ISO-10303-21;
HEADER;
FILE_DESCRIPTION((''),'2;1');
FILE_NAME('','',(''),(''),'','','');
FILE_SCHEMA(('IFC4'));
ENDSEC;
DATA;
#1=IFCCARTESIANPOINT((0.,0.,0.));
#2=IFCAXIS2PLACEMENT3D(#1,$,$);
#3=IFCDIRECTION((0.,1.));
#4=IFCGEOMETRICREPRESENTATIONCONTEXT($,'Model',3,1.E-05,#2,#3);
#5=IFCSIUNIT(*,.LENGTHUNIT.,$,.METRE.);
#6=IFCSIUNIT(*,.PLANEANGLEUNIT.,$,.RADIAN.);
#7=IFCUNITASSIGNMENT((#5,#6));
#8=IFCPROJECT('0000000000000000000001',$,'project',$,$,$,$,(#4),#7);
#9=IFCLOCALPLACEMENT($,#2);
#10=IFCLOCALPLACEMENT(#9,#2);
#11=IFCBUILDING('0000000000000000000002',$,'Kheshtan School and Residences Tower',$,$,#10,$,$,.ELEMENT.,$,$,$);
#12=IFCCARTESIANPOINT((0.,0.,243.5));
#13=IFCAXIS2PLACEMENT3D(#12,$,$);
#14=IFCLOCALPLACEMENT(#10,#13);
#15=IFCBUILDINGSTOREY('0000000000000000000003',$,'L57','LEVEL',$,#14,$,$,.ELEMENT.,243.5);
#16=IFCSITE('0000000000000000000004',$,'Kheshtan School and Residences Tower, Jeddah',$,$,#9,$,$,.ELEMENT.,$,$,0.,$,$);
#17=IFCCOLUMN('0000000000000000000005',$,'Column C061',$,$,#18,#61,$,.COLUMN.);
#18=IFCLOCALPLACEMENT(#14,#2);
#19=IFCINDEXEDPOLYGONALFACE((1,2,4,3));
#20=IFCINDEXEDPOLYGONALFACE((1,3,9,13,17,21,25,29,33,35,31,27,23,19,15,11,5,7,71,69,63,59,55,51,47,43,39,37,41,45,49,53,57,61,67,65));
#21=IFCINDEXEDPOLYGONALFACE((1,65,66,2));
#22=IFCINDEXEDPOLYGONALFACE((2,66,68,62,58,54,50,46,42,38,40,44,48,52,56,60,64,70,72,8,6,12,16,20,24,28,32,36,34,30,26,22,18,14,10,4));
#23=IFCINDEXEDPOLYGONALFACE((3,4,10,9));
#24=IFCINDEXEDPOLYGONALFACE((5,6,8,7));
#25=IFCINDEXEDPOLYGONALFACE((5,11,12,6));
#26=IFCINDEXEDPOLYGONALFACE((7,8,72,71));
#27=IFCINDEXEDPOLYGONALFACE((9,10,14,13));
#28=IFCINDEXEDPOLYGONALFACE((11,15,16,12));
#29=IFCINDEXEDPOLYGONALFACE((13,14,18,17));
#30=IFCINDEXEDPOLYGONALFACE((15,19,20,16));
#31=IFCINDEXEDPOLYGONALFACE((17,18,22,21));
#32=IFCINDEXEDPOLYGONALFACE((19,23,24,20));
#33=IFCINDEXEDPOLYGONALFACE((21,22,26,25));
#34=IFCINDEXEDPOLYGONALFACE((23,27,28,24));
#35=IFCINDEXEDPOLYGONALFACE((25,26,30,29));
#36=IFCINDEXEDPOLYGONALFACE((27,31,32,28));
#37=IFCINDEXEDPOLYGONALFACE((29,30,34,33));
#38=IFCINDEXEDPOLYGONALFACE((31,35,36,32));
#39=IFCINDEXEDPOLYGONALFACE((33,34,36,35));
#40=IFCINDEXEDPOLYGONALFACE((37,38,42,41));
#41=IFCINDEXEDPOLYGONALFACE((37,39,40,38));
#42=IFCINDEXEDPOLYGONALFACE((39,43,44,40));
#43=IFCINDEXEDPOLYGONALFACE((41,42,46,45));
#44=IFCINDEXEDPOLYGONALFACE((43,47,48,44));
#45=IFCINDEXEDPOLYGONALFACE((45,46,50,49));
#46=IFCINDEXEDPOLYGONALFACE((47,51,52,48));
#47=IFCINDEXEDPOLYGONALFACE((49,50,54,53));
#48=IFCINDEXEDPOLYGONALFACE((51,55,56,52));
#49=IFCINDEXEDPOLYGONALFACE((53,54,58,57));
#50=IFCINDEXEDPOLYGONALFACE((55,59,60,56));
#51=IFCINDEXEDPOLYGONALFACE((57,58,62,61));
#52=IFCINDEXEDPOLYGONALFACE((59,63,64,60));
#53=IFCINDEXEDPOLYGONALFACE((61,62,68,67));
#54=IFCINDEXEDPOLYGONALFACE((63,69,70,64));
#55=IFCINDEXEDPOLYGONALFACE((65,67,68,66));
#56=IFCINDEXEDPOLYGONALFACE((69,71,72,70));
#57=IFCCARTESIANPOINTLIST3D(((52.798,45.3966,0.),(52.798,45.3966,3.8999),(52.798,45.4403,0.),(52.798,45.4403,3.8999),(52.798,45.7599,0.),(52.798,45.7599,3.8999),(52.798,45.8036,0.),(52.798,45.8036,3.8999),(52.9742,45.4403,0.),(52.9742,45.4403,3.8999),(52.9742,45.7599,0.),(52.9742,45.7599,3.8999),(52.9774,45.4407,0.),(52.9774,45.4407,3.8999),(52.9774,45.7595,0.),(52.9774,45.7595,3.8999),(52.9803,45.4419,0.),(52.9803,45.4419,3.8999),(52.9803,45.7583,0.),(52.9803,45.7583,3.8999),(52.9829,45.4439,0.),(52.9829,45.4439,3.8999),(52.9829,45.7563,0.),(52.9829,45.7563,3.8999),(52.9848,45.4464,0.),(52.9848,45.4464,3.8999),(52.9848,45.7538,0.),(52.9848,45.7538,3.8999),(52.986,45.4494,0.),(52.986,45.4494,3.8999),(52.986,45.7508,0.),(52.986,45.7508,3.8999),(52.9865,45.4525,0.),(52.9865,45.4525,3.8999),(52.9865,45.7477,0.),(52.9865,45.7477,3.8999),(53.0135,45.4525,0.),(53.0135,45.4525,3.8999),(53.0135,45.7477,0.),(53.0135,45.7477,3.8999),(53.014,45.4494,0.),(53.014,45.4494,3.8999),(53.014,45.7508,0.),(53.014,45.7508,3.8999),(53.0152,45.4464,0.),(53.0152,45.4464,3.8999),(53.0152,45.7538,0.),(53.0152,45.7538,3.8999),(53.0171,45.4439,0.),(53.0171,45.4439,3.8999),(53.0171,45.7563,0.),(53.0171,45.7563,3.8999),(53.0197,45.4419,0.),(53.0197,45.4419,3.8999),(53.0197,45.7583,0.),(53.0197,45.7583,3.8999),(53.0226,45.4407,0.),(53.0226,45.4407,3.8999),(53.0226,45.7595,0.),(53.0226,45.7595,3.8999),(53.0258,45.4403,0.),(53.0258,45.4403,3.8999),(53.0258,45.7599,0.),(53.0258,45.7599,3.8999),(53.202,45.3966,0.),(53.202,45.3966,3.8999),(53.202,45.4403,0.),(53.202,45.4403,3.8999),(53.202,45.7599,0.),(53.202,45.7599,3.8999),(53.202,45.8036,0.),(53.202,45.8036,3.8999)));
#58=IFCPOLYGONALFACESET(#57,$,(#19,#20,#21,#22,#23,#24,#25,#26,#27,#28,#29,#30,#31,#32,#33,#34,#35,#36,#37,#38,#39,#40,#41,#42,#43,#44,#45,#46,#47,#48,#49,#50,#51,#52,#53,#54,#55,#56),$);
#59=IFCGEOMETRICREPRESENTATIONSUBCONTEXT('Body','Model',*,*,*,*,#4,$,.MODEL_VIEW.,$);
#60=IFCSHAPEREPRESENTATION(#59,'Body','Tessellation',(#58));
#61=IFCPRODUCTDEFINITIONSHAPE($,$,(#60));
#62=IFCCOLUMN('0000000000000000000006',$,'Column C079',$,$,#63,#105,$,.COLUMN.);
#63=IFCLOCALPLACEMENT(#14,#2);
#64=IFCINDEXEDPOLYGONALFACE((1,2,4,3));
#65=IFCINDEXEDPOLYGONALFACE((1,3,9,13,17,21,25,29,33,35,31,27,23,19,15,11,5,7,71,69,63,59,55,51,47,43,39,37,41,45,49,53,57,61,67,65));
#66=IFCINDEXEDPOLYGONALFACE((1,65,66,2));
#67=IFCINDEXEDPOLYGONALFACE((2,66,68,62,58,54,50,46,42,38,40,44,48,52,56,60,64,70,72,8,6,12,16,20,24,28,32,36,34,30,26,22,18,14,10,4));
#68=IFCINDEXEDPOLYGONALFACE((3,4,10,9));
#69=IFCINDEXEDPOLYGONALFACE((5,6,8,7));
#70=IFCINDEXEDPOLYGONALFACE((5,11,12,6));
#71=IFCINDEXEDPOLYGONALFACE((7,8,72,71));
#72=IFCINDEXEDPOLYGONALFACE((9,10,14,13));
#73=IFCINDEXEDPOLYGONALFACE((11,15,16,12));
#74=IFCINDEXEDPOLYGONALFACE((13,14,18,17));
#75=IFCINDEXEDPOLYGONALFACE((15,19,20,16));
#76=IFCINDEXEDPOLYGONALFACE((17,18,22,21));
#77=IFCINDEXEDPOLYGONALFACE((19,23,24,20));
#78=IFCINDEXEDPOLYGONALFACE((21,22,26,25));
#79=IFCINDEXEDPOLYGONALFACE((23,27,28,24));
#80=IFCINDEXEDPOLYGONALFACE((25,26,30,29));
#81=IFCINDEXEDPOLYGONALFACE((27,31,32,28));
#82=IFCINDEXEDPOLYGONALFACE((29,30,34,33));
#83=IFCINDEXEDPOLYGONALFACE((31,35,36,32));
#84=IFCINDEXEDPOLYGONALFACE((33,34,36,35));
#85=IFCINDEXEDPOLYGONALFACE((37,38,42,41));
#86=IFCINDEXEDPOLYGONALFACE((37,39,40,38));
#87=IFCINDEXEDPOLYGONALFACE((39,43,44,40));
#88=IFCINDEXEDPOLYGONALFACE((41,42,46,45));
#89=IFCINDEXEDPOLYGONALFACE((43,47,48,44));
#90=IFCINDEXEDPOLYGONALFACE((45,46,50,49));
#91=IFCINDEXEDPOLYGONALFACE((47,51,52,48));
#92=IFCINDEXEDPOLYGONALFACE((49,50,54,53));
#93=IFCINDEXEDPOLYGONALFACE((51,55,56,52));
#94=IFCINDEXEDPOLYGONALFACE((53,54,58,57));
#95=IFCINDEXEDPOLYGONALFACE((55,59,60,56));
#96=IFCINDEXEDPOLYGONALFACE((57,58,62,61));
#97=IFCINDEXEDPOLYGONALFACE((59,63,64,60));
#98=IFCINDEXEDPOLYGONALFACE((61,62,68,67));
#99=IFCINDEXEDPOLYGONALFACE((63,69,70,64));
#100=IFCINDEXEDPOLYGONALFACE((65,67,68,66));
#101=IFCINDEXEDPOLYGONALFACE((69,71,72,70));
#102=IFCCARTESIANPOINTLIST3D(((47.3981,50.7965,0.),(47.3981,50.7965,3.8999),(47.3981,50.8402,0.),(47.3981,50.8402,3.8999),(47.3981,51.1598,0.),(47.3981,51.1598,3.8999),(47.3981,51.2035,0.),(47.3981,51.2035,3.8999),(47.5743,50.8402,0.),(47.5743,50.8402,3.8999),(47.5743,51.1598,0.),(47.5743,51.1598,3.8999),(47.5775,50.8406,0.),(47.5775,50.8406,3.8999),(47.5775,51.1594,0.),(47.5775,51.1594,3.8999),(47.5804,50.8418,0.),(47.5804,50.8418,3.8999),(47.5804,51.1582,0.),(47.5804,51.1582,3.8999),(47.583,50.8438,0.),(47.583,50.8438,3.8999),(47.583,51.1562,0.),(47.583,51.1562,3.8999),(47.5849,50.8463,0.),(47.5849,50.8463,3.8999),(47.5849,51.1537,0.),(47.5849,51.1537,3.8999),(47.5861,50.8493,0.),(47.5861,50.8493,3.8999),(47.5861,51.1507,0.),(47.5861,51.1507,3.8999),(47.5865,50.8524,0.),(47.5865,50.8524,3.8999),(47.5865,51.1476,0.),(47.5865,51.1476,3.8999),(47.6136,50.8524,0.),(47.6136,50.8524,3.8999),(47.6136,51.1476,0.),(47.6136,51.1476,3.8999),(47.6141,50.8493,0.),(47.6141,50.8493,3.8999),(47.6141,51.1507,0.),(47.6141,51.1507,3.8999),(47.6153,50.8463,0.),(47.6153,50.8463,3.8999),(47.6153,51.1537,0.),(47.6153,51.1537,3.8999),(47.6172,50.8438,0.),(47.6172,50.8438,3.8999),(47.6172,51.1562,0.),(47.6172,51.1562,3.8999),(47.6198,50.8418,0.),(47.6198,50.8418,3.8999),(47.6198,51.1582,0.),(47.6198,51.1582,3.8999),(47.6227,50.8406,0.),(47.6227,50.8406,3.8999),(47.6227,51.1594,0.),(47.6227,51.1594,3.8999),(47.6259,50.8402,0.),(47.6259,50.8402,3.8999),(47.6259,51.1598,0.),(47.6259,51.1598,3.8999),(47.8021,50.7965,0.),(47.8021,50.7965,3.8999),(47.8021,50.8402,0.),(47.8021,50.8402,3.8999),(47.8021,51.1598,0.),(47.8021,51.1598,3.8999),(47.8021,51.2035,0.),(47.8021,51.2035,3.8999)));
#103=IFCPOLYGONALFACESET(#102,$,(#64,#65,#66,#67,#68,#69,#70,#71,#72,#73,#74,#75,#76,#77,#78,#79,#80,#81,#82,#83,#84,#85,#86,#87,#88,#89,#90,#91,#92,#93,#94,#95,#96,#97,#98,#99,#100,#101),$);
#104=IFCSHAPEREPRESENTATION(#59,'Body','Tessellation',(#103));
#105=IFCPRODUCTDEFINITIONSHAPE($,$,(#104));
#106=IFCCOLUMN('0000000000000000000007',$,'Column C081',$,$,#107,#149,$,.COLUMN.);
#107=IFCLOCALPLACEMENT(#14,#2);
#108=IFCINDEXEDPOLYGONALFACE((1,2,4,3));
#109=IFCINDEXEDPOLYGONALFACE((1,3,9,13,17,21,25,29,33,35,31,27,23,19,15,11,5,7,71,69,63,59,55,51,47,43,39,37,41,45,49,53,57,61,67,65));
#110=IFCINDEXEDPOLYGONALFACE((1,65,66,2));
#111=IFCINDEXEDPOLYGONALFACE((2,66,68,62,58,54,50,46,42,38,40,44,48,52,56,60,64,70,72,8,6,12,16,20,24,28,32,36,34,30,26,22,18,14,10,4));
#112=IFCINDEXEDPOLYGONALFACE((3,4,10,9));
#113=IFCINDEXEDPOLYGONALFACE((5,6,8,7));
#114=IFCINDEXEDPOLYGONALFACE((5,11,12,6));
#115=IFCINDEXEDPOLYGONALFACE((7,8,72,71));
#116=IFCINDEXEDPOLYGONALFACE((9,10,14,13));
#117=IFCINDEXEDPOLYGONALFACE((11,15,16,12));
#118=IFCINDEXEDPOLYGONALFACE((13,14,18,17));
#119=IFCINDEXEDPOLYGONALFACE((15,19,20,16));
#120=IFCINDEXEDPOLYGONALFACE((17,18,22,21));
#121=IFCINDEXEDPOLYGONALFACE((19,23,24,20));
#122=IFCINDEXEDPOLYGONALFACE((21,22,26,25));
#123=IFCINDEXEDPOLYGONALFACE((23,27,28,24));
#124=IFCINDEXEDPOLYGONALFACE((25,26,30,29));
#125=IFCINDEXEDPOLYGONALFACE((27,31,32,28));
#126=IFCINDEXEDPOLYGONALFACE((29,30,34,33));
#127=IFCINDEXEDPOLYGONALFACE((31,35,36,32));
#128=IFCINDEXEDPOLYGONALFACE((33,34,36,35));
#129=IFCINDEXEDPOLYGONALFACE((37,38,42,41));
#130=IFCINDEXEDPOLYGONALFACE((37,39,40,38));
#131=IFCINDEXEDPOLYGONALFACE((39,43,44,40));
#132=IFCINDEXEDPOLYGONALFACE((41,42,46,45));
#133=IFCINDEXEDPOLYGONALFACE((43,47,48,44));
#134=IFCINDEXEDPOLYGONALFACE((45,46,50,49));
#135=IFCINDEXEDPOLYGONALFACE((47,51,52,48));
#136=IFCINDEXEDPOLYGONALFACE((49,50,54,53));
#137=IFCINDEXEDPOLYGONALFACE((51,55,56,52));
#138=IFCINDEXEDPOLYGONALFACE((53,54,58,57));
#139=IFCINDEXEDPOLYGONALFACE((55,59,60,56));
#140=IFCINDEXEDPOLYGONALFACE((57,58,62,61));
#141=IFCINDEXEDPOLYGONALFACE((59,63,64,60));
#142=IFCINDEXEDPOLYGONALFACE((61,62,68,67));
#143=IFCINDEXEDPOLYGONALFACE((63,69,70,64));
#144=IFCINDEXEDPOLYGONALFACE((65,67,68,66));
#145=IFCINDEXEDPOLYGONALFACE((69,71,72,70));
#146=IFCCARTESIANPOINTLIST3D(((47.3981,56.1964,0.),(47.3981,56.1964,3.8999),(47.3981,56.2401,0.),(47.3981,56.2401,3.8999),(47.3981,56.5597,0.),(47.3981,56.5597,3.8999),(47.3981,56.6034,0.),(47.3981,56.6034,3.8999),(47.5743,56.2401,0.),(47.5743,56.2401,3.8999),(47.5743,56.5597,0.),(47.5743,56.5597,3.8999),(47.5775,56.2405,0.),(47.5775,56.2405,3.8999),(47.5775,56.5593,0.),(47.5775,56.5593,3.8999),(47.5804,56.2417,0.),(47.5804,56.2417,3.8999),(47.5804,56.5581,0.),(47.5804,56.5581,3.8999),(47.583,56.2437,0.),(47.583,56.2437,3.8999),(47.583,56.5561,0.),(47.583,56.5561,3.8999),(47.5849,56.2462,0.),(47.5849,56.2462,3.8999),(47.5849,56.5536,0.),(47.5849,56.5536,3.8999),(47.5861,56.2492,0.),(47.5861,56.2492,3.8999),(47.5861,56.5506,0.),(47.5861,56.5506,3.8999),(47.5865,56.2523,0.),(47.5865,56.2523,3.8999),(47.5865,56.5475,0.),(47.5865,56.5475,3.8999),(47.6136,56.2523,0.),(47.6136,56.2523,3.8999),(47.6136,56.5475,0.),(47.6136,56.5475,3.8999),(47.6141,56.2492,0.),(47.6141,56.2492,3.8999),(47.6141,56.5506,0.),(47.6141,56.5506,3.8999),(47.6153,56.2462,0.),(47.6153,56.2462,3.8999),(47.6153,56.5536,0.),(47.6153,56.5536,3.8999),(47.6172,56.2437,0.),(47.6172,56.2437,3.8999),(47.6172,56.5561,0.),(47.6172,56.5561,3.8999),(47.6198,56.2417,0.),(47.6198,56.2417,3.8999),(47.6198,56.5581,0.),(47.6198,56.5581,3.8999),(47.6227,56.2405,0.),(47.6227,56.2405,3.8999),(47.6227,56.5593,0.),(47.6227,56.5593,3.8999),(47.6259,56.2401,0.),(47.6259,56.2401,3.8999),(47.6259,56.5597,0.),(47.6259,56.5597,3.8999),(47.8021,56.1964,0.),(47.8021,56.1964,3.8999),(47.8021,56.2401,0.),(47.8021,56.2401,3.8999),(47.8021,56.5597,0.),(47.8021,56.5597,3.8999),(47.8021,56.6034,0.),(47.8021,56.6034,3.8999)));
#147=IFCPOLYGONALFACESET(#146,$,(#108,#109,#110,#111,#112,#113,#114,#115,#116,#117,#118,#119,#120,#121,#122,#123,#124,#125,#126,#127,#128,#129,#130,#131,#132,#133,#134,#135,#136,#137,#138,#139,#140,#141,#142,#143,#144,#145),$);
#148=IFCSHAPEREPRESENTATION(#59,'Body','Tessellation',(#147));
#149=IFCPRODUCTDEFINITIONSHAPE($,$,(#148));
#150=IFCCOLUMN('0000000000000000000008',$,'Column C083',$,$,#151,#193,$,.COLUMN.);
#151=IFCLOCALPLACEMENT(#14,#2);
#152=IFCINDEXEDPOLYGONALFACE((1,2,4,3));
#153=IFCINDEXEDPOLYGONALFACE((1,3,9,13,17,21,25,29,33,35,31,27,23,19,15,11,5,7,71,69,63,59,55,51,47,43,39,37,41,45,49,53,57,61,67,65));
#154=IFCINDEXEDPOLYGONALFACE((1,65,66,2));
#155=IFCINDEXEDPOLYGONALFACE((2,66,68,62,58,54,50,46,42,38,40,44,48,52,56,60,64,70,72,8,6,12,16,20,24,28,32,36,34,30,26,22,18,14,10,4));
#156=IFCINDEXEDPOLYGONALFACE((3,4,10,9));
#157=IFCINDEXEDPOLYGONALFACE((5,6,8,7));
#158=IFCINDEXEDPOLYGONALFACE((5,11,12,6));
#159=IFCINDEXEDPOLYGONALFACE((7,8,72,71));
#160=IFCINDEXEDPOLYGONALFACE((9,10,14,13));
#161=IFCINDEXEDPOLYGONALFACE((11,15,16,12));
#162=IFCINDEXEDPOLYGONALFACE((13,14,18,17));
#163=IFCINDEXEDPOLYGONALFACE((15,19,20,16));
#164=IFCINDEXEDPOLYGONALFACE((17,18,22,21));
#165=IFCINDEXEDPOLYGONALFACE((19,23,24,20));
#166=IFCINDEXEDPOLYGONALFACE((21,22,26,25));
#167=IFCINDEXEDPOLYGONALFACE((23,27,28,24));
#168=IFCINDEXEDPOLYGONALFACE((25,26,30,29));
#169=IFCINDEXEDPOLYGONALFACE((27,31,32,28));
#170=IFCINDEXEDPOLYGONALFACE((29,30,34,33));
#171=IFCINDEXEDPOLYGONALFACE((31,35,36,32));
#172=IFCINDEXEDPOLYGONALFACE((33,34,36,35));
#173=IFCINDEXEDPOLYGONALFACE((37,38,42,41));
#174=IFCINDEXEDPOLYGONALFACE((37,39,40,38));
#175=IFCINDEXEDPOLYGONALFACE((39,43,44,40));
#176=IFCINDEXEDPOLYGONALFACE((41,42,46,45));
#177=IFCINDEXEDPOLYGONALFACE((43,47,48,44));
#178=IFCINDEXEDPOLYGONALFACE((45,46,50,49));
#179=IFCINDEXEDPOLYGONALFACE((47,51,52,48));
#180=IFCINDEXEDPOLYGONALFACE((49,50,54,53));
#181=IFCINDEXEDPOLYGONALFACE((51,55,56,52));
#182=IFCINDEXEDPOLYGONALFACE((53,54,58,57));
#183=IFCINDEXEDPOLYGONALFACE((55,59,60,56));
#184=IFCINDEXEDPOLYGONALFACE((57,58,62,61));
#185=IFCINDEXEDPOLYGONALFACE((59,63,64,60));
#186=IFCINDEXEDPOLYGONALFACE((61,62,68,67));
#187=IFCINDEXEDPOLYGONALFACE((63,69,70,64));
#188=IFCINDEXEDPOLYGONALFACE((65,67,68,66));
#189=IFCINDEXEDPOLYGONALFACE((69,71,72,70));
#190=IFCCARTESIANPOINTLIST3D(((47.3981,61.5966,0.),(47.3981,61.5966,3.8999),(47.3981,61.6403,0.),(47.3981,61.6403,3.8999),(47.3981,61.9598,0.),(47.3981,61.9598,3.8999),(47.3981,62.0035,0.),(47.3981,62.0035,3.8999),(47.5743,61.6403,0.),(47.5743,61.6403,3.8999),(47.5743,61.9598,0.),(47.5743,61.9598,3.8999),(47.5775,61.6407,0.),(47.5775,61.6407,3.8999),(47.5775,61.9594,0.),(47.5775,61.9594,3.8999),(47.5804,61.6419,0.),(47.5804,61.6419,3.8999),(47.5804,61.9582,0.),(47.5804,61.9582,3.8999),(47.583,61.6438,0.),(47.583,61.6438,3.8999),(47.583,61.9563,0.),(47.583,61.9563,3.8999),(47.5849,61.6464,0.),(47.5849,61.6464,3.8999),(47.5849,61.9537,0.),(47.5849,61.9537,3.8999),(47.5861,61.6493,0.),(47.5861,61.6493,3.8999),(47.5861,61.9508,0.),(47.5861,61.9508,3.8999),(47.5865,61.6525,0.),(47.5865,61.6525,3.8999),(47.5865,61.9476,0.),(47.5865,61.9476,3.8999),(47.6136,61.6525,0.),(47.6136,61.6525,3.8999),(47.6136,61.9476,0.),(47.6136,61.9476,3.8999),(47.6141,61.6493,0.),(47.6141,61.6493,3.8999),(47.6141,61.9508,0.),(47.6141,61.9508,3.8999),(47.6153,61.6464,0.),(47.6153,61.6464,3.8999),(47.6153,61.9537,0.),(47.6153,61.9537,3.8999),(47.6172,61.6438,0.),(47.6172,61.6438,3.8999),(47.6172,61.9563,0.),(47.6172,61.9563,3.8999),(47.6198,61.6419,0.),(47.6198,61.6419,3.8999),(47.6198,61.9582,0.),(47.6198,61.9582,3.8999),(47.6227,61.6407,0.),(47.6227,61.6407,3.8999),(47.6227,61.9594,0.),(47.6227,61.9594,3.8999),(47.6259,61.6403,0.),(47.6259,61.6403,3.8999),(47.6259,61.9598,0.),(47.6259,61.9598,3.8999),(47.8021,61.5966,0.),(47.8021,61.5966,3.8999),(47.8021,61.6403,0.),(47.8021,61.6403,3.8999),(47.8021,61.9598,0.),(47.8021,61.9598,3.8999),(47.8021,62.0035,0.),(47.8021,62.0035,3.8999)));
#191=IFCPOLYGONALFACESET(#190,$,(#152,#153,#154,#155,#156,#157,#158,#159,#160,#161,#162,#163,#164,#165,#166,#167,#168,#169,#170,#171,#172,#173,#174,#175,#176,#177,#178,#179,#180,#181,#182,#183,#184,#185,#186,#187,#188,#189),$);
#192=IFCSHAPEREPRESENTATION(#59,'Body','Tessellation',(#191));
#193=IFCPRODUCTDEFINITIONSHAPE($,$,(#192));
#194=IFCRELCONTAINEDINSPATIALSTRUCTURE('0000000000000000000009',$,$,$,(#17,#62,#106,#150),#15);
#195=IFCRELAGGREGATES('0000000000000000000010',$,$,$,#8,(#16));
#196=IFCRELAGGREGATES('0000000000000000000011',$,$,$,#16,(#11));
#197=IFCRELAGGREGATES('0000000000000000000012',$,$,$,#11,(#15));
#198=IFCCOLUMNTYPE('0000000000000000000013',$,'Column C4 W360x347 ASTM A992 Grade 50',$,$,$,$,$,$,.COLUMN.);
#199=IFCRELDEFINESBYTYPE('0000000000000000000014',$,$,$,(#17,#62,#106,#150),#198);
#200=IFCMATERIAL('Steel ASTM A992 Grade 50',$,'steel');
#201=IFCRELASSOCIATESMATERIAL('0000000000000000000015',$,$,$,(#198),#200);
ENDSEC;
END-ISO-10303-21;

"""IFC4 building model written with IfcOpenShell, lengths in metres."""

from ifc_helpers import new_model, si_unit, direction, frame, origin, origin_2d, place, context, subcontext, project, spatial, i_section, extrude, material, material_profile, profile_set, type_object, element, save


model = new_model("IFC4")

# Units and contexts
model_context = context("Model", 3, precision=1e-05, world=origin(), true_north=direction((0.0, 1.0)))
body_context = subcontext(model_context, "Body", "Model", "MODEL_VIEW")
ifc_project = project(units=[si_unit("LENGTHUNIT", "METRE"), si_unit("PLANEANGLEUNIT", "RADIAN")], contexts=[model_context])

# Site, building, storey
site_placement = place(None, origin())
site = spatial("IfcSite", under=ifc_project, at=site_placement, Name="Kheshtan School and Residences Tower, Jeddah", CompositionType="ELEMENT", RefElevation=0.0)
building_placement = place(site_placement, origin())
building = spatial("IfcBuilding", under=site, at=building_placement, Name="Kheshtan School and Residences Tower", CompositionType="ELEMENT")
storey_placement = place(building_placement, frame((0.0, 0.0, 243.5)))
storey = spatial("IfcBuildingStorey", under=building, at=storey_placement, Name="L57", Description="LEVEL", CompositionType="ELEMENT", Elevation=243.5)

# Columns
ifc_material_1 = material(Name="Steel ASTM A992 Grade 50", Category="steel")
ifc_material_profile_1 = material_profile(ifc_material_1, i_section(OverallWidth=0.4041, OverallDepth=0.407, WebThickness=0.0271, FlangeThickness=0.0437, FilletRadius=0.0122, at=origin_2d()), Name="W360x347")
ifc_profile_set_1 = profile_set([ifc_material_profile_1], Name="Steel ASTM A992 Grade 50")
column_type_1 = type_object("IfcColumnType", Name="Column C4 W360x347 ASTM A992 Grade 50", PredefinedType="COLUMN", material=ifc_profile_set_1)
for number, where, z_axis, x_axis, name in (
    (1, (53.0, 45.6001, 0.0), (0.0, 0.0, 1.0), (1.0, 0.0, 0.0), "Column C061"),
    (2, (47.6001, 51.0, 0.0), (0.0, 0.0, 1.0), (1.0, 0.0, 0.0), "Column C079"),
    (3, (47.6001, 56.3999, 0.0), (0.0, 0.0, 1.0), (1.0, 0.0, 0.0), "Column C081"),
    (4, (47.6001, 61.8, 0.0), (0.0, 0.0, 1.0), (1.0, 0.0, 0.0), "Column C083"),
):
    element("IfcColumn", number, at=place(storey_placement, frame(where, z_axis=z_axis, x_axis=x_axis)), inside=storey, type_object=column_type_1, Name=name, PredefinedType="COLUMN", context=body_context, shape_type="SweptSolid", body=[
        extrude(i_section(OverallWidth=0.4041, OverallDepth=0.407, WebThickness=0.0271, FlangeThickness=0.0437, FilletRadius=0.0122, at=origin_2d()), origin(), (0.0, 0.0, 1.0), 3.8999),
    ])

save(model, "model.ifc")
